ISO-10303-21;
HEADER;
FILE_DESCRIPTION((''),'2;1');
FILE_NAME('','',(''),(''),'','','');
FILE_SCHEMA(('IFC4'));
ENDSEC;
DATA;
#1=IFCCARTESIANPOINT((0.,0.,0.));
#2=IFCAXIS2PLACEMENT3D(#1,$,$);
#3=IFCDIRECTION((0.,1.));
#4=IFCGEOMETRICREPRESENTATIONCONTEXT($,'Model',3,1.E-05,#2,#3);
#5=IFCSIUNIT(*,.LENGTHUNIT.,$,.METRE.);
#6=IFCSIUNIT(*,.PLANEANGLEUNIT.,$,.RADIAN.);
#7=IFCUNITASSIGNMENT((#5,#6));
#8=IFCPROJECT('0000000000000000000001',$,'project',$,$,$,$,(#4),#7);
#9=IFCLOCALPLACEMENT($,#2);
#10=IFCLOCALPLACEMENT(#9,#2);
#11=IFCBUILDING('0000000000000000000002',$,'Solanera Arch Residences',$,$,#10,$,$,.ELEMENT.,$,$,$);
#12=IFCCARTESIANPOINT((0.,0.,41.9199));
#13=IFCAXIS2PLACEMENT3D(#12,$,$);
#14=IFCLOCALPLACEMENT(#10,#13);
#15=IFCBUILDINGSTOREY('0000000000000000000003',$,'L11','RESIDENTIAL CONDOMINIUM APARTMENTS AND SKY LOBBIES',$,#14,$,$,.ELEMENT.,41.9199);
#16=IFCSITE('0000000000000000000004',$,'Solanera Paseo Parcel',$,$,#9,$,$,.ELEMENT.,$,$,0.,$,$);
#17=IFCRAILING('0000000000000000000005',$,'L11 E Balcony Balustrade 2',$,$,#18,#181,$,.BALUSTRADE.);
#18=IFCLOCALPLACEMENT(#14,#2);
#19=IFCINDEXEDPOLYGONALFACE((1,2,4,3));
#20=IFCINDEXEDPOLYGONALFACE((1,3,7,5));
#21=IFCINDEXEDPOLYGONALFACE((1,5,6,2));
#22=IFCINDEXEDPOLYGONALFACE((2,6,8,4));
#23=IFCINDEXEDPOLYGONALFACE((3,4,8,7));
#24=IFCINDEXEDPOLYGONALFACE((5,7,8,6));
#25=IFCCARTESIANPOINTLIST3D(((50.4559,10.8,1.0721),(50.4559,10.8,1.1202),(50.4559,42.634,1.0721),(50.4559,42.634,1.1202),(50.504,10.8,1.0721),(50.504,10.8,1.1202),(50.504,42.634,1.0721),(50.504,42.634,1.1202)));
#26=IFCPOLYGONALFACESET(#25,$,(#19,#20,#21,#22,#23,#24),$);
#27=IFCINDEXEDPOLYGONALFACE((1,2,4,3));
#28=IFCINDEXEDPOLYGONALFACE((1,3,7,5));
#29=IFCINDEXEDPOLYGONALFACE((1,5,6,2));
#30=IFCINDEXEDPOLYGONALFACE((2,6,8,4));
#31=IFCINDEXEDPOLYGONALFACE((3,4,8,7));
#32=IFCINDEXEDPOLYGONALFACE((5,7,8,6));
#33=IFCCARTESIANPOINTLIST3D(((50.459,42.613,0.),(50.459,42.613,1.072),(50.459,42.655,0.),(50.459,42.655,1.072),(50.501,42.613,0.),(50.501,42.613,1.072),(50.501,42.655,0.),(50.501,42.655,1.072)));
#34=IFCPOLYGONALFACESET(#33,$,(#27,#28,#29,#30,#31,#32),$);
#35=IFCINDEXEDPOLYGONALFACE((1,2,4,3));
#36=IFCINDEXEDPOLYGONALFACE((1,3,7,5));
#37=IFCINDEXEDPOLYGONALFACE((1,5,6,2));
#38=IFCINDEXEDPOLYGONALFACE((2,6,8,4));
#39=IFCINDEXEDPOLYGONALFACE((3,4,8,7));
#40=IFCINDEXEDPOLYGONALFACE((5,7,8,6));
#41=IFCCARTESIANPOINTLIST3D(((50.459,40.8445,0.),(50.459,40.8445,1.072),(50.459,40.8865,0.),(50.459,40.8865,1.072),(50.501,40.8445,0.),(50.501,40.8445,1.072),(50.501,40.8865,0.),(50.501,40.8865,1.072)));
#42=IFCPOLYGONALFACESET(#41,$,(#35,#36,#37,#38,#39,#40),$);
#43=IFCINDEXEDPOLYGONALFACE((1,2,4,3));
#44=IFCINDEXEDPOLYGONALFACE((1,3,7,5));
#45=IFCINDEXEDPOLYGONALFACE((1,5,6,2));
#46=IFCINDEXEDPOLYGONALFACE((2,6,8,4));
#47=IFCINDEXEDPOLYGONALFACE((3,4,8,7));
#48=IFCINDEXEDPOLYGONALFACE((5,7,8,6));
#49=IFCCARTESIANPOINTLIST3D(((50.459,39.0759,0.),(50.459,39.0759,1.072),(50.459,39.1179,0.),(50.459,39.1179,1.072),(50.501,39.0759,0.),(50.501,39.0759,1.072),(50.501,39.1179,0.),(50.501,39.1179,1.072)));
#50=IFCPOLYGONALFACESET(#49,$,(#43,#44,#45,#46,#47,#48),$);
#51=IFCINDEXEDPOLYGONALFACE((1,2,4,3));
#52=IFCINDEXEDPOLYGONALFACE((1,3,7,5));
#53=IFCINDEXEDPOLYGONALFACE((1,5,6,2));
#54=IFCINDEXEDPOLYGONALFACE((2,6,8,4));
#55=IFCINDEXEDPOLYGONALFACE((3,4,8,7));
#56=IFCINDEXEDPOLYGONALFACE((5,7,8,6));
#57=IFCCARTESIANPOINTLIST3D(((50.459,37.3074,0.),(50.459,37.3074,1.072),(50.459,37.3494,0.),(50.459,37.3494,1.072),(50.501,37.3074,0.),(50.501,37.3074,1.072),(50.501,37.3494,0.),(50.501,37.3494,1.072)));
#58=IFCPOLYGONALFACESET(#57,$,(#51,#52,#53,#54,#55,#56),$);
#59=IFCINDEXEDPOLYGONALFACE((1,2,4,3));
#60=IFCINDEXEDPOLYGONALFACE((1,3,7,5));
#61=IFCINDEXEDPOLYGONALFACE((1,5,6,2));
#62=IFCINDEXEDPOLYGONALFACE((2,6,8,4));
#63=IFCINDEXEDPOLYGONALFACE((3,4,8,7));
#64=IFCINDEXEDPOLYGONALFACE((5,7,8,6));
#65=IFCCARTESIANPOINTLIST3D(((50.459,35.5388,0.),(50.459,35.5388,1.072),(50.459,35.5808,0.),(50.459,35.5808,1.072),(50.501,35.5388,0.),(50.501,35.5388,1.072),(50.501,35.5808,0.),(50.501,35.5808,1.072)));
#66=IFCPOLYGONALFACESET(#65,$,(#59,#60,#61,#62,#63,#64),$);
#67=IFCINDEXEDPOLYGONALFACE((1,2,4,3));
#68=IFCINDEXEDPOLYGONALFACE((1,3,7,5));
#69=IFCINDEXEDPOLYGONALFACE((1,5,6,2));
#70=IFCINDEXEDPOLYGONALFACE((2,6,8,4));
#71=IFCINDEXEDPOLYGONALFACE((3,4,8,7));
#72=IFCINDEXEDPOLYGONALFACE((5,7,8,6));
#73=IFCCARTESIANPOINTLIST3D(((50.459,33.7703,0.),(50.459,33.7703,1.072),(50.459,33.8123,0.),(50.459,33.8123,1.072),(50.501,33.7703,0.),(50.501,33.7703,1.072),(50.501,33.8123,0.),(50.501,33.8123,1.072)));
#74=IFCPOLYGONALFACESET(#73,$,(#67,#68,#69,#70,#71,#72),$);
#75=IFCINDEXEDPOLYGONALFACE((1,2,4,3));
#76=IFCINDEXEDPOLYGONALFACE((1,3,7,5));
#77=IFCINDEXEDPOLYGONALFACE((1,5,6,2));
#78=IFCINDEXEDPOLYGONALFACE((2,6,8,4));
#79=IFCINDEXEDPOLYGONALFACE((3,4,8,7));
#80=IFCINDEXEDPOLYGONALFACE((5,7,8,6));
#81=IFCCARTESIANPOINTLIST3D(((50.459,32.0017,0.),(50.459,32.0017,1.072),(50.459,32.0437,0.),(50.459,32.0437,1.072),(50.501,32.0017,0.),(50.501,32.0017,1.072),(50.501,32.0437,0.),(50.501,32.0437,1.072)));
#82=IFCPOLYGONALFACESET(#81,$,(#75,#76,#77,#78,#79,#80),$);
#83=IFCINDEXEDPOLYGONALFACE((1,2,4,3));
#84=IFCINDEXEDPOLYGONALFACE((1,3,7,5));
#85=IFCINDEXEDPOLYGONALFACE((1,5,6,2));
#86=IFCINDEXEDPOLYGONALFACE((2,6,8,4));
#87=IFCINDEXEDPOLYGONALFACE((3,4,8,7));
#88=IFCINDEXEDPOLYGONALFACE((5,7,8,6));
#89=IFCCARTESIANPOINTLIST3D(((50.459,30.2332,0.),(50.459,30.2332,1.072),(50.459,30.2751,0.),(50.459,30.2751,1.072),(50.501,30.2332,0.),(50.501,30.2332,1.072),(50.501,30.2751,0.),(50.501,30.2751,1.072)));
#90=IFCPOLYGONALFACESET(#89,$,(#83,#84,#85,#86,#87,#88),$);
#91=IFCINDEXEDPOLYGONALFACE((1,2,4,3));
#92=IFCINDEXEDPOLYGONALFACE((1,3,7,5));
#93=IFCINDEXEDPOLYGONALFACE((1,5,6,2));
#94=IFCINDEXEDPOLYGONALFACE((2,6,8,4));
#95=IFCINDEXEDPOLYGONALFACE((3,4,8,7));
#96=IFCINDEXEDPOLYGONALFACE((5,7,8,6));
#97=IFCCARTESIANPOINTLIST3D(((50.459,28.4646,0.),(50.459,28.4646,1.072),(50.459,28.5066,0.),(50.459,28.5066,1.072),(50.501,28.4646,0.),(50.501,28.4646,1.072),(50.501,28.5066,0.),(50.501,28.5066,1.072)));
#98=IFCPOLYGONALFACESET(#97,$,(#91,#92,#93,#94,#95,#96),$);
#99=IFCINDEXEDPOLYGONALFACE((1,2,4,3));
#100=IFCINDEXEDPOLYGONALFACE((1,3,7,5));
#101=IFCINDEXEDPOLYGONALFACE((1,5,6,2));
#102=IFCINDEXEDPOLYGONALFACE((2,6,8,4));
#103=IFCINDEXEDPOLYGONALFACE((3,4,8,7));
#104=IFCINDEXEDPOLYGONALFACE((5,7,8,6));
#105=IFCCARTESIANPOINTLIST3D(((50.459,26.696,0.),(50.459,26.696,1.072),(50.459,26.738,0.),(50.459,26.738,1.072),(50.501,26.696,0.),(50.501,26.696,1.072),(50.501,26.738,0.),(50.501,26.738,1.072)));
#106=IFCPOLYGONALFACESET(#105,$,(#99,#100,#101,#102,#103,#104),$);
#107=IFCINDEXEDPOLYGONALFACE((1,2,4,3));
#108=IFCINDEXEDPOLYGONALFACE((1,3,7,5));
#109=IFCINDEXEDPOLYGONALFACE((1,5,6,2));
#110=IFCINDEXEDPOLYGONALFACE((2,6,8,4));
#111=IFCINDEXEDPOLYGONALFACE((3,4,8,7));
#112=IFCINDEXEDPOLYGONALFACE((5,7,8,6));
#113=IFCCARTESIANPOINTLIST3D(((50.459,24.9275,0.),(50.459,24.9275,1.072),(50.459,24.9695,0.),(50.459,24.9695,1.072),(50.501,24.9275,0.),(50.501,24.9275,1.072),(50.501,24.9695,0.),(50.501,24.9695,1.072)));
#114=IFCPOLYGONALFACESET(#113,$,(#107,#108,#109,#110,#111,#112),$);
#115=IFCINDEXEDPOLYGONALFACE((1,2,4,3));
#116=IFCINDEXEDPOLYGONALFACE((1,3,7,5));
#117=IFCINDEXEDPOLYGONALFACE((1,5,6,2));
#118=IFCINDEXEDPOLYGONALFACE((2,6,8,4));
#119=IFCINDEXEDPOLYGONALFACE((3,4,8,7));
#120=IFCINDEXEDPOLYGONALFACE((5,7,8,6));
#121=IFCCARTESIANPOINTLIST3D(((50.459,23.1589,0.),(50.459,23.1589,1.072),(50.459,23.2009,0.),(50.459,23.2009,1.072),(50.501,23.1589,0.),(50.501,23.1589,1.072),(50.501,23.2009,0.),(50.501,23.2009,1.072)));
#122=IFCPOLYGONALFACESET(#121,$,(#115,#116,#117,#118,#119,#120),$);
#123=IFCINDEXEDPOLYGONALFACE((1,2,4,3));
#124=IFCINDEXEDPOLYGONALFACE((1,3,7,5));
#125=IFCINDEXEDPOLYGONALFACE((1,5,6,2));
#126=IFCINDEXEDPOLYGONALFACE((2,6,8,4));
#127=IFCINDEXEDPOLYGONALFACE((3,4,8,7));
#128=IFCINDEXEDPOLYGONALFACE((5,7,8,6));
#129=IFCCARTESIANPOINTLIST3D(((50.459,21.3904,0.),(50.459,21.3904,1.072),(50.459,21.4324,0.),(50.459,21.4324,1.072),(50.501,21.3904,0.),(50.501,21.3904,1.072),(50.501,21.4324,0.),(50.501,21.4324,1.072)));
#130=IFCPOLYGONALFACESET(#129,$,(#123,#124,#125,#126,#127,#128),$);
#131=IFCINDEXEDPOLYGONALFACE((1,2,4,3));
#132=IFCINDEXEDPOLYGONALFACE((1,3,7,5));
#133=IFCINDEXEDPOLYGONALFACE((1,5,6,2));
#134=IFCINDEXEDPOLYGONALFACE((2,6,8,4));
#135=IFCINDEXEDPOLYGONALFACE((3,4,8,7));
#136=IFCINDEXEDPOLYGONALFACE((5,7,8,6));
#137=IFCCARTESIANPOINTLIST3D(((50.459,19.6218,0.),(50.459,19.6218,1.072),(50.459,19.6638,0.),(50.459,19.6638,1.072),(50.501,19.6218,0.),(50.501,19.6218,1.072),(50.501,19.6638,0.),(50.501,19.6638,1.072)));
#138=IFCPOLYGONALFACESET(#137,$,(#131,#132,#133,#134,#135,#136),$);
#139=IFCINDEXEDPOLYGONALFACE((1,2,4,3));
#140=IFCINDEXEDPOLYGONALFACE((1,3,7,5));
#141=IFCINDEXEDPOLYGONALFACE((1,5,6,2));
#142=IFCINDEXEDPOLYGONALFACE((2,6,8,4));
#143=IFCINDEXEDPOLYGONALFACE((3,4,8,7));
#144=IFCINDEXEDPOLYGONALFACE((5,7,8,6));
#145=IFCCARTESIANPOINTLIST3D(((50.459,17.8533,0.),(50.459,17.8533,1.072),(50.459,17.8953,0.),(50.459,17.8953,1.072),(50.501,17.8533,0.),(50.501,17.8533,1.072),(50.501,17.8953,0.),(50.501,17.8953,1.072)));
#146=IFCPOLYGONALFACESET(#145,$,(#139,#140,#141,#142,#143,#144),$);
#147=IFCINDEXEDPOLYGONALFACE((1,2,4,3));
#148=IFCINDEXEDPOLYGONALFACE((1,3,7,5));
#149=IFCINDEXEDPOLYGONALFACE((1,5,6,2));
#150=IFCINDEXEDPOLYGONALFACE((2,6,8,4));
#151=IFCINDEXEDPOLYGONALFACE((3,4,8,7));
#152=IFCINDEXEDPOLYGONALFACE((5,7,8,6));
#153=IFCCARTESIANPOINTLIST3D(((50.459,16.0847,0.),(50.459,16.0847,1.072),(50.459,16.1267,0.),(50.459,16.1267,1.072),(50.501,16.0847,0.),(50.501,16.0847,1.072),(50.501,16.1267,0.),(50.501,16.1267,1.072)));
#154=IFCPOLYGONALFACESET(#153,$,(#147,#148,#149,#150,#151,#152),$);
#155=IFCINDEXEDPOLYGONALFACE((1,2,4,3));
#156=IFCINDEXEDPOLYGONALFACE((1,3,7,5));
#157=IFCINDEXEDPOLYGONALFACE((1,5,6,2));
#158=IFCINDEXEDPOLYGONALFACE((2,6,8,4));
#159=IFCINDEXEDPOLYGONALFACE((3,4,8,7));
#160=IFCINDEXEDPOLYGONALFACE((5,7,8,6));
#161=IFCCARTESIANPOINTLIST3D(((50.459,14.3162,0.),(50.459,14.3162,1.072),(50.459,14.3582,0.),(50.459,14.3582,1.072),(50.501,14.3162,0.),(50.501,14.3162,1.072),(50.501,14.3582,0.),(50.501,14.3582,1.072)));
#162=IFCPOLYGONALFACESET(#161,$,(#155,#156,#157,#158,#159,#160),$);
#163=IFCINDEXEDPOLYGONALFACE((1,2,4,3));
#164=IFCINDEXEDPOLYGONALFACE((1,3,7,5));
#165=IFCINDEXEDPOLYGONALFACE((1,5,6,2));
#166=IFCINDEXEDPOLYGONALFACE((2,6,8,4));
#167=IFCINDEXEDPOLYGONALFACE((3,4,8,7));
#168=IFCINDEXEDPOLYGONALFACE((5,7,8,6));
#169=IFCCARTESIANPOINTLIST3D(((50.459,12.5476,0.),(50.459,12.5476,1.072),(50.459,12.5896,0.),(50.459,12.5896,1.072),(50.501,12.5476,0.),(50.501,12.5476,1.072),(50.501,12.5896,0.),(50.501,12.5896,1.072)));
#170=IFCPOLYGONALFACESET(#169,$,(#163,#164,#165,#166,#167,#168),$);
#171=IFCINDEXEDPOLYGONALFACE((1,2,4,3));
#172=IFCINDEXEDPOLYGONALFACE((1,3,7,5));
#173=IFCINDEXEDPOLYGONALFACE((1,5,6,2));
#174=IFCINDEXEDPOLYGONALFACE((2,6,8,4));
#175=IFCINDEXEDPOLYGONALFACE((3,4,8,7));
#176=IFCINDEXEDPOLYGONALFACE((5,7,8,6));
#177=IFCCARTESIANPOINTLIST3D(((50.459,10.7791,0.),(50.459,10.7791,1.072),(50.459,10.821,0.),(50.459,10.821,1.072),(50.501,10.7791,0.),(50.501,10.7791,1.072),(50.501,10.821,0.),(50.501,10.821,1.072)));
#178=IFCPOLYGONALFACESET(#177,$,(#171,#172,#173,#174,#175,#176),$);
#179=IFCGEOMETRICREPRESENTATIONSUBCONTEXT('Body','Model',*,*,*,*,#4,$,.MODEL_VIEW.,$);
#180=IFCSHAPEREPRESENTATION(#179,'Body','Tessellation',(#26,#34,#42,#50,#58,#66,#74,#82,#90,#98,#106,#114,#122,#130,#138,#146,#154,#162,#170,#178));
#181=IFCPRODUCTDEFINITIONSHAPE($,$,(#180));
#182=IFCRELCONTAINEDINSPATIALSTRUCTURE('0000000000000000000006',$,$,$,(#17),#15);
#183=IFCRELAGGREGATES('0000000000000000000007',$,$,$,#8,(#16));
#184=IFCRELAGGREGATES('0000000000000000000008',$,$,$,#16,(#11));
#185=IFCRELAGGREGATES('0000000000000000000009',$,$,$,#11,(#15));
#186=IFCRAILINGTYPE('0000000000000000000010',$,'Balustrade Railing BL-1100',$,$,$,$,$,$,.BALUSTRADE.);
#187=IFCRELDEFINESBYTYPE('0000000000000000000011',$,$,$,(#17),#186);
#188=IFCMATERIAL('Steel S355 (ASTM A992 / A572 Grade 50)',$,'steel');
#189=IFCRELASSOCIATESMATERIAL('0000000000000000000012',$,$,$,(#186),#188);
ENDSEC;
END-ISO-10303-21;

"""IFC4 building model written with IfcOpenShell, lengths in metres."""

from ifc_helpers import new_model, si_unit, direction, frame, origin, origin_2d, place, context, subcontext, project, spatial, rectangle, extrude, material, type_object, element, save


model = new_model("IFC4")

# Units and contexts
model_context = context("Model", 3, precision=1e-05, world=origin(), true_north=direction((0.0, 1.0)))
body_context = subcontext(model_context, "Body", "Model", "MODEL_VIEW")
ifc_project = project(units=[si_unit("LENGTHUNIT", "METRE"), si_unit("PLANEANGLEUNIT", "RADIAN")], contexts=[model_context])

# Site, building, storey
site_placement = place(None, origin())
site = spatial("IfcSite", under=ifc_project, at=site_placement, Name="Solanera Paseo Parcel", CompositionType="ELEMENT", RefElevation=0.0)
building_placement = place(site_placement, origin())
building = spatial("IfcBuilding", under=site, at=building_placement, Name="Solanera Arch Residences", CompositionType="ELEMENT")
storey_placement = place(building_placement, frame((0.0, 0.0, 41.9199)))
storey = spatial("IfcBuildingStorey", under=building, at=storey_placement, Name="L11", Description="RESIDENTIAL CONDOMINIUM APARTMENTS AND SKY LOBBIES", CompositionType="ELEMENT", Elevation=41.9199)

# Railing
ifc_material_1 = material(Name="Steel S355 (ASTM A992 / A572 Grade 50)", Category="steel")
railing_type = type_object("IfcRailingType", Name="Balustrade Railing BL-1100", PredefinedType="BALUSTRADE", material=ifc_material_1)
railing_1_placement = place(storey_placement, frame((50.48, 42.634, 0.0)))
element("IfcRailing", 1, at=railing_1_placement, inside=storey, type_object=railing_type, Name="L11 E Balcony Balustrade 2", PredefinedType="BALUSTRADE", context=body_context, shape_type="SweptSolid", body=[
    extrude(rectangle(XDim=0.0481, YDim=0.0481, at=origin_2d()), frame((0.0, 0.0, 1.0962), z_axis=(0.0, -1.0, 0.0), x_axis=(1.0, 0.0, 0.0)), (0.0, 0.0, 1.0), 31.834),
    extrude(rectangle(XDim=0.042, YDim=0.042, at=origin_2d()), origin(), (0.0, 0.0, 1.0), 1.072),
    extrude(rectangle(XDim=0.042, YDim=0.042, at=origin_2d()), frame((0.0, -1.7686, 0.0)), (0.0, 0.0, 1.0), 1.072),
    extrude(rectangle(XDim=0.042, YDim=0.042, at=origin_2d()), frame((0.0, -3.5371, 0.0)), (0.0, 0.0, 1.0), 1.072),
    extrude(rectangle(XDim=0.042, YDim=0.042, at=origin_2d()), frame((0.0, -5.3057, 0.0)), (0.0, 0.0, 1.0), 1.072),
    extrude(rectangle(XDim=0.042, YDim=0.042, at=origin_2d()), frame((0.0, -7.0742, 0.0)), (0.0, 0.0, 1.0), 1.072),
    extrude(rectangle(XDim=0.042, YDim=0.042, at=origin_2d()), frame((0.0, -8.8428, 0.0)), (0.0, 0.0, 1.0), 1.072),
    extrude(rectangle(XDim=0.042, YDim=0.042, at=origin_2d()), frame((0.0, -10.6113, 0.0)), (0.0, 0.0, 1.0), 1.072),
    extrude(rectangle(XDim=0.042, YDim=0.042, at=origin_2d()), frame((0.0, -12.3799, 0.0)), (0.0, 0.0, 1.0), 1.072),
    extrude(rectangle(XDim=0.042, YDim=0.042, at=origin_2d()), frame((0.0, -14.1484, 0.0)), (0.0, 0.0, 1.0), 1.072),
    extrude(rectangle(XDim=0.042, YDim=0.042, at=origin_2d()), frame((0.0, -15.917, 0.0)), (0.0, 0.0, 1.0), 1.072),
    extrude(rectangle(XDim=0.042, YDim=0.042, at=origin_2d()), frame((0.0, -17.6855, 0.0)), (0.0, 0.0, 1.0), 1.072),
    extrude(rectangle(XDim=0.042, YDim=0.042, at=origin_2d()), frame((0.0, -19.4541, 0.0)), (0.0, 0.0, 1.0), 1.072),
    extrude(rectangle(XDim=0.042, YDim=0.042, at=origin_2d()), frame((0.0, -21.2227, 0.0)), (0.0, 0.0, 1.0), 1.072),
    extrude(rectangle(XDim=0.042, YDim=0.042, at=origin_2d()), frame((0.0, -22.9912, 0.0)), (0.0, 0.0, 1.0), 1.072),
    extrude(rectangle(XDim=0.042, YDim=0.042, at=origin_2d()), frame((0.0, -24.7598, 0.0)), (0.0, 0.0, 1.0), 1.072),
    extrude(rectangle(XDim=0.042, YDim=0.042, at=origin_2d()), frame((0.0, -26.5283, 0.0)), (0.0, 0.0, 1.0), 1.072),
    extrude(rectangle(XDim=0.042, YDim=0.042, at=origin_2d()), frame((0.0, -28.2969, 0.0)), (0.0, 0.0, 1.0), 1.072),
    extrude(rectangle(XDim=0.042, YDim=0.042, at=origin_2d()), frame((0.0, -30.0654, 0.0)), (0.0, 0.0, 1.0), 1.072),
    extrude(rectangle(XDim=0.042, YDim=0.042, at=origin_2d()), frame((0.0, -31.834, 0.0)), (0.0, 0.0, 1.0), 1.072),
])

save(model, "model.ifc")
